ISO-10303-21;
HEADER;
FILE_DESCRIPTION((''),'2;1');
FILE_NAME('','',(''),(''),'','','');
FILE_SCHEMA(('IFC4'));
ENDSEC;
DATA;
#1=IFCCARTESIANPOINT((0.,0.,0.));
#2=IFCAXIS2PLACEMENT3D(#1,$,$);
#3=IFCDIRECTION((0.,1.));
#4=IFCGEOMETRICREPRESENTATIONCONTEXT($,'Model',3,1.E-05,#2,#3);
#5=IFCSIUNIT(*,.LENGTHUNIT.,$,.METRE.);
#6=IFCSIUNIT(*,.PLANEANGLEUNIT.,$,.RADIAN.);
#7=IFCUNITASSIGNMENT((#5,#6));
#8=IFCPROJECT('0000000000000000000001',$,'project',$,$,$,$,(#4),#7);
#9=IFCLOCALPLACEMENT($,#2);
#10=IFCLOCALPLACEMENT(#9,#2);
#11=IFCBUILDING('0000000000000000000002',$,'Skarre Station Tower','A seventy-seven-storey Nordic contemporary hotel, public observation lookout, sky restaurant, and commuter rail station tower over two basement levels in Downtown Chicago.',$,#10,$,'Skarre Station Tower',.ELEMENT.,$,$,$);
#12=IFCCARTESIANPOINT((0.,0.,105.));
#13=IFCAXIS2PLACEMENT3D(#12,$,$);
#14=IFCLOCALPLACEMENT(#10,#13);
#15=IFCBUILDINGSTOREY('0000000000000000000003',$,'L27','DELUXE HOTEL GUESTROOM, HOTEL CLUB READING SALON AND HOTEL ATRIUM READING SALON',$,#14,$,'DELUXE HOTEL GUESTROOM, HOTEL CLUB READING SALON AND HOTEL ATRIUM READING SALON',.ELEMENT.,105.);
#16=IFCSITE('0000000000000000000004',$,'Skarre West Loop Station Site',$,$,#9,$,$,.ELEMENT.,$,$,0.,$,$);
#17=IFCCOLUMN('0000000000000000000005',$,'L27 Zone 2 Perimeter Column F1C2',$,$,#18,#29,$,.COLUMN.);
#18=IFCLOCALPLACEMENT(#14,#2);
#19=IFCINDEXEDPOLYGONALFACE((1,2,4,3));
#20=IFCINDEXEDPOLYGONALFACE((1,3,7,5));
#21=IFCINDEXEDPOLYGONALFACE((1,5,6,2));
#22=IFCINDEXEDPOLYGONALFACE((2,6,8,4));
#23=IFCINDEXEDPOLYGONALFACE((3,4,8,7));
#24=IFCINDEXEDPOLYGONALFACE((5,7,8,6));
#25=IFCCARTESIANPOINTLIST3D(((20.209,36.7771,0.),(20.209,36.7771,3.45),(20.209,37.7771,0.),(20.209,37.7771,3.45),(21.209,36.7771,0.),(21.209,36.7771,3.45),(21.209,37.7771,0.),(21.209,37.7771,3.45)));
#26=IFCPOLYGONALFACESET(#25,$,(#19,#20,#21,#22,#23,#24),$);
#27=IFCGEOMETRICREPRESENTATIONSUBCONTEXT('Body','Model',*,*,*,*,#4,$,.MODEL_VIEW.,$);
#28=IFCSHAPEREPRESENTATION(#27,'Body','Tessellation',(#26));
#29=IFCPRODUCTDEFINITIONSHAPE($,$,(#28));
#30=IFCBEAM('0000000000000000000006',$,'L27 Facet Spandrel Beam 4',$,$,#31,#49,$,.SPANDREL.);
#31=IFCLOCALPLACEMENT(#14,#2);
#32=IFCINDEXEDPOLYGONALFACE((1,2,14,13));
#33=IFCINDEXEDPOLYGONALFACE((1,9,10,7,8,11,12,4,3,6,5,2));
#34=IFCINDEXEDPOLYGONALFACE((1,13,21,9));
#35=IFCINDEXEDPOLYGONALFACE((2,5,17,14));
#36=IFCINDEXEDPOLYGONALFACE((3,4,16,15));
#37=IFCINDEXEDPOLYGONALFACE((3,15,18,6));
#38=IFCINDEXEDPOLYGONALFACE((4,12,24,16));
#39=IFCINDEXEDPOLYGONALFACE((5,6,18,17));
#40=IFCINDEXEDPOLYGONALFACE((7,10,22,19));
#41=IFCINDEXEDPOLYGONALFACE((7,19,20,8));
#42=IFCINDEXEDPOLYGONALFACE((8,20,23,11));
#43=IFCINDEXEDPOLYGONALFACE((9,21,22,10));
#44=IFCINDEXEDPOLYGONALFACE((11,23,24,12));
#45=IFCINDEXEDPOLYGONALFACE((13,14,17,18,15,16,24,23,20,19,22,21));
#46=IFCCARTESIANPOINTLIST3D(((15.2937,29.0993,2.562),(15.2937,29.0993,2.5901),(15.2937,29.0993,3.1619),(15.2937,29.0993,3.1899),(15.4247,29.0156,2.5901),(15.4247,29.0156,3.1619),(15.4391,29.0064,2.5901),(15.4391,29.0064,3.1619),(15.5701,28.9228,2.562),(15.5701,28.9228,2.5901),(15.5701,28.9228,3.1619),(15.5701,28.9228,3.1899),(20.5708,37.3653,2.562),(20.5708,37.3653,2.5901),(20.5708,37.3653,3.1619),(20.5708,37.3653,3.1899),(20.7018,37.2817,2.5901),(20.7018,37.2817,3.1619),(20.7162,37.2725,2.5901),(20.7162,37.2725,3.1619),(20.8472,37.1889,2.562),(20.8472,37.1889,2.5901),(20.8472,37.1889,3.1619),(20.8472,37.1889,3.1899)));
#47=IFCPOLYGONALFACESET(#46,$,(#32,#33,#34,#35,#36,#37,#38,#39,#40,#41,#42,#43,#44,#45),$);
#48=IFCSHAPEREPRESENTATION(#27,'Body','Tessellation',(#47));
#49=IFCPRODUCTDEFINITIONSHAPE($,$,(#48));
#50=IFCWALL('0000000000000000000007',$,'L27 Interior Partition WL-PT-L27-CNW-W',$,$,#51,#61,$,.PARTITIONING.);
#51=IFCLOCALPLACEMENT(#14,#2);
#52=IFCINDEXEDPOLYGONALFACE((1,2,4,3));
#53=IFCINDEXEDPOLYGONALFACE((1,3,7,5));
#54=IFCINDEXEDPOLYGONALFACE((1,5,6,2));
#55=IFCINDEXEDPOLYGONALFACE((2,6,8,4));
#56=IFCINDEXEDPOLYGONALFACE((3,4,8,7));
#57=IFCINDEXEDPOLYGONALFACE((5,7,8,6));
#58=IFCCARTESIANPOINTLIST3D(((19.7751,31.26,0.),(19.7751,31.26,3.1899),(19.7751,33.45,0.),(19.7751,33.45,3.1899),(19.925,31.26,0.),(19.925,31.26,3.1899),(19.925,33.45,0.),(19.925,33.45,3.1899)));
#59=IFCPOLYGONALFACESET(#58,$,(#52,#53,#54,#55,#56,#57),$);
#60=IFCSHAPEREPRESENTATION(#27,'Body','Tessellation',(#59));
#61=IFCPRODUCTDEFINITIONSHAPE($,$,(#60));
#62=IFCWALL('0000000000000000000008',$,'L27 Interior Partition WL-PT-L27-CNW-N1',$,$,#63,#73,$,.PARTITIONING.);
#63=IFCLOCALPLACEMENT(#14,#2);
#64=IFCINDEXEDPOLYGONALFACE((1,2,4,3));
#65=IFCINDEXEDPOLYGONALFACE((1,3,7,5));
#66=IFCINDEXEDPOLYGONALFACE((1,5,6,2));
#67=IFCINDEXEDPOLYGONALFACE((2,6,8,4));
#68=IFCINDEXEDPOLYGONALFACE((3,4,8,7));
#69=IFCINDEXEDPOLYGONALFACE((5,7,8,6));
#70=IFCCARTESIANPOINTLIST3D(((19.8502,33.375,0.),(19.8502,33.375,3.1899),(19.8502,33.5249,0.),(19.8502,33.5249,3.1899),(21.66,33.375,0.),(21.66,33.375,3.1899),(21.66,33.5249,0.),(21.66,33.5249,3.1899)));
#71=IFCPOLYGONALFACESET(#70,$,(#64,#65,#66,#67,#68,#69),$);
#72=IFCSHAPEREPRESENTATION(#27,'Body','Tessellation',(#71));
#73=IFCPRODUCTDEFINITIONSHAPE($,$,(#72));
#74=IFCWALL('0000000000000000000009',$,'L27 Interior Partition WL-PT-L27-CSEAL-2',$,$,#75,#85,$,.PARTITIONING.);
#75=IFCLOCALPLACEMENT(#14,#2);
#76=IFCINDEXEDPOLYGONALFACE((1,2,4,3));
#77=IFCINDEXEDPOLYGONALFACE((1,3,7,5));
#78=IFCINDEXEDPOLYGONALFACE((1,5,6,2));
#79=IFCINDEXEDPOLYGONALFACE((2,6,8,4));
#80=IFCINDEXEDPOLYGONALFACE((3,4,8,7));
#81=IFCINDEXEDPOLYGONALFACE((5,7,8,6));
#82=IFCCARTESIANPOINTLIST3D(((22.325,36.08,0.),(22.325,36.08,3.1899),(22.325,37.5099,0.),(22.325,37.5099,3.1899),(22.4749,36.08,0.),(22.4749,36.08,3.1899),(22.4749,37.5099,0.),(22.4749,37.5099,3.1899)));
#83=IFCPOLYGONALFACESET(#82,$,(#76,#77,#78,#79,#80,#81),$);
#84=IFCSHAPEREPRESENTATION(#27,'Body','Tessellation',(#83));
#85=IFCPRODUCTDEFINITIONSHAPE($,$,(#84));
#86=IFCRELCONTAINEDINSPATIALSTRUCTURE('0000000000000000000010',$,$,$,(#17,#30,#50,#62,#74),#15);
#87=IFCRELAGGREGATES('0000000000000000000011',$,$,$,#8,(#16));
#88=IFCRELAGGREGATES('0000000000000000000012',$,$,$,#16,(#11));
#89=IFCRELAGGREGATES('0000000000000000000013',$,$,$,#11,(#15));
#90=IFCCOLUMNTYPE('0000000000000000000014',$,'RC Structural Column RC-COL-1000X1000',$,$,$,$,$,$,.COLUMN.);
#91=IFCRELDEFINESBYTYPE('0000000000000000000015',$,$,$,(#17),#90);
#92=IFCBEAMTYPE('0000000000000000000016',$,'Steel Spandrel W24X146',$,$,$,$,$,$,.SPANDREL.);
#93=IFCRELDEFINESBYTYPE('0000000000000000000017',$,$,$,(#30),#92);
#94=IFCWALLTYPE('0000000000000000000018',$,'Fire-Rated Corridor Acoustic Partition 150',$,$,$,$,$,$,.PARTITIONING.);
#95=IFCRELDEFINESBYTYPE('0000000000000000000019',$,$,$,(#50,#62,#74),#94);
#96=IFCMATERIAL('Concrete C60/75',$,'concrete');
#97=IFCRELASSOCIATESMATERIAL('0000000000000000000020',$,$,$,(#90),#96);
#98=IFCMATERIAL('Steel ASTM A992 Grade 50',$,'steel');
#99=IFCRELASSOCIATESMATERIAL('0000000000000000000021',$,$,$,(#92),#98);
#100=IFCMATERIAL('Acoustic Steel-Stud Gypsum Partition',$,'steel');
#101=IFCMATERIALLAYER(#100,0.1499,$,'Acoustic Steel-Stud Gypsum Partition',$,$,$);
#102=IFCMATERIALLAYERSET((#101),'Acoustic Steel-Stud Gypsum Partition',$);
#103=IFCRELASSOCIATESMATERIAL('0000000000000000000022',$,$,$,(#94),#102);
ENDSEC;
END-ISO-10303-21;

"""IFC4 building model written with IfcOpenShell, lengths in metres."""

from ifc_helpers import new_model, si_unit, direction, frame, frame_2d, origin, origin_2d, place, context, subcontext, project, spatial, rectangle, i_section, extrude, material, layer, layer_set, material_profile, profile_set, type_object, element, save


model = new_model("IFC4")

# Units and contexts
model_context = context("Model", 3, precision=1e-05, world=origin(), true_north=direction((0.0, 1.0)))
body_context = subcontext(model_context, "Body", "Model", "MODEL_VIEW")
ifc_project = project(units=[si_unit("LENGTHUNIT", "METRE"), si_unit("PLANEANGLEUNIT", "RADIAN")], contexts=[model_context])

# Site, building, storey
site_placement = place(None, origin())
site = spatial("IfcSite", under=ifc_project, at=site_placement, Name="Skarre West Loop Station Site", CompositionType="ELEMENT", RefElevation=0.0)
building_placement = place(site_placement, origin())
building = spatial("IfcBuilding", under=site, at=building_placement, Name="Skarre Station Tower", Description="A seventy-seven-storey Nordic contemporary hotel, public observation lookout, sky restaurant, and commuter rail station tower over two basement levels in Downtown Chicago.", LongName="Skarre Station Tower", CompositionType="ELEMENT")
storey_placement = place(building_placement, frame((0.0, 0.0, 105.0)))
storey = spatial("IfcBuildingStorey", under=building, at=storey_placement, Name="L27", Description="DELUXE HOTEL GUESTROOM, HOTEL CLUB READING SALON AND HOTEL ATRIUM READING SALON", LongName="DELUXE HOTEL GUESTROOM, HOTEL CLUB READING SALON AND HOTEL ATRIUM READING SALON", CompositionType="ELEMENT", Elevation=105.0)

# Column
ifc_material_1 = material(Name="Concrete C60/75", Category="concrete")
ifc_material_profile_1 = material_profile(ifc_material_1, rectangle(XDim=1.0, YDim=1.0, at=origin_2d()), Name="Concrete C60/75")
ifc_profile_set_1 = profile_set([ifc_material_profile_1], Name="Concrete C60/75")
column_type = type_object("IfcColumnType", Name="RC Structural Column RC-COL-1000X1000", PredefinedType="COLUMN", material=ifc_profile_set_1)
column_placement = place(storey_placement, frame((20.709, 37.2771, 0.0), z_axis=(0.0, 0.0, 1.0), x_axis=(1.0, 0.0, 0.0)))
element("IfcColumn", 1, at=column_placement, inside=storey, type_object=column_type, Name="L27 Zone 2 Perimeter Column F1C2", PredefinedType="COLUMN", context=body_context, shape_type="SweptSolid", body=[
    extrude(rectangle(XDim=1.0, YDim=1.0, at=origin_2d()), origin(), (0.0, 0.0, 1.0), 3.45),
])

# Beam
ifc_material_2 = material(Name="Steel ASTM A992 Grade 50", Category="steel")
ifc_material_profile_2 = material_profile(ifc_material_2, i_section(OverallWidth=0.3279, OverallDepth=0.6279, WebThickness=0.0171, FlangeThickness=0.0281, at=origin_2d()), Name="Steel ASTM A992 Grade 50")
ifc_profile_set_2 = profile_set([ifc_material_profile_2], Name="Steel ASTM A992 Grade 50")
beam_type = type_object("IfcBeamType", Name="Steel Spandrel W24X146", PredefinedType="SPANDREL", material=ifc_profile_set_2)
beam_placement = place(storey_placement, frame((20.709, 37.2771, 2.876), z_axis=(-0.538098, -0.842883, 0.0), x_axis=(0.842883, -0.538098, 0.0)))
element("IfcBeam", 2, at=beam_placement, inside=storey, type_object=beam_type, Name="L27 Facet Spandrel Beam 4", PredefinedType="SPANDREL", context=body_context, shape_type="SweptSolid", body=[
    extrude(i_section(OverallWidth=0.3279, OverallDepth=0.6279, WebThickness=0.0171, FlangeThickness=0.0281, at=origin_2d()), origin(), (0.0, 0.0, 1.0), 9.8069),
])

# Walls
ifc_material_3 = material(Name="Acoustic Steel-Stud Gypsum Partition", Category="steel")
ifc_layer_1 = layer(ifc_material_3, 0.1499, Name="Acoustic Steel-Stud Gypsum Partition")
ifc_layer_set_1 = layer_set([ifc_layer_1], Name="Acoustic Steel-Stud Gypsum Partition")
wall_type_1 = type_object("IfcWallType", Name="Fire-Rated Corridor Acoustic Partition 150", PredefinedType="PARTITIONING", material=ifc_layer_set_1)
wall_1_placement = place(storey_placement, frame((19.8501, 33.45, 0.0), z_axis=(0.0, 0.0, 1.0), x_axis=(0.0, -1.0, 0.0)))
element("IfcWall", 3, at=wall_1_placement, inside=storey, type_object=wall_type_1, Name="L27 Interior Partition WL-PT-L27-CNW-W", PredefinedType="PARTITIONING", context=body_context, shape_type="SweptSolid", body=[
    extrude(rectangle(XDim=2.1899, YDim=0.1499, at=frame_2d((1.095, 0.0))), origin(), (0.0, 0.0, 1.0), 3.1899),
])
wall_2_placement = place(storey_placement, frame((21.6599, 33.45, 0.0), z_axis=(0.0, 0.0, 1.0), x_axis=(-1.0, 0.0, 0.0)))
element("IfcWall", 4, at=wall_2_placement, inside=storey, type_object=wall_type_1, Name="L27 Interior Partition WL-PT-L27-CNW-N1", PredefinedType="PARTITIONING", context=body_context, shape_type="SweptSolid", body=[
    extrude(rectangle(XDim=1.8098, YDim=0.1499, at=frame_2d((0.9048, 0.0))), origin(), (0.0, 0.0, 1.0), 3.1899),
])
wall_3_placement = place(storey_placement, frame((22.3999, 36.0801, 0.0), z_axis=(0.0, 0.0, 1.0), x_axis=(0.0, 1.0, 0.0)))
element("IfcWall", 5, at=wall_3_placement, inside=storey, type_object=wall_type_1, Name="L27 Interior Partition WL-PT-L27-CSEAL-2", PredefinedType="PARTITIONING", context=body_context, shape_type="SweptSolid", body=[
    extrude(rectangle(XDim=1.4299, YDim=0.1499, at=frame_2d((0.7148, 0.0))), origin(), (0.0, 0.0, 1.0), 3.1899),
])

save(model, "model.ifc")
